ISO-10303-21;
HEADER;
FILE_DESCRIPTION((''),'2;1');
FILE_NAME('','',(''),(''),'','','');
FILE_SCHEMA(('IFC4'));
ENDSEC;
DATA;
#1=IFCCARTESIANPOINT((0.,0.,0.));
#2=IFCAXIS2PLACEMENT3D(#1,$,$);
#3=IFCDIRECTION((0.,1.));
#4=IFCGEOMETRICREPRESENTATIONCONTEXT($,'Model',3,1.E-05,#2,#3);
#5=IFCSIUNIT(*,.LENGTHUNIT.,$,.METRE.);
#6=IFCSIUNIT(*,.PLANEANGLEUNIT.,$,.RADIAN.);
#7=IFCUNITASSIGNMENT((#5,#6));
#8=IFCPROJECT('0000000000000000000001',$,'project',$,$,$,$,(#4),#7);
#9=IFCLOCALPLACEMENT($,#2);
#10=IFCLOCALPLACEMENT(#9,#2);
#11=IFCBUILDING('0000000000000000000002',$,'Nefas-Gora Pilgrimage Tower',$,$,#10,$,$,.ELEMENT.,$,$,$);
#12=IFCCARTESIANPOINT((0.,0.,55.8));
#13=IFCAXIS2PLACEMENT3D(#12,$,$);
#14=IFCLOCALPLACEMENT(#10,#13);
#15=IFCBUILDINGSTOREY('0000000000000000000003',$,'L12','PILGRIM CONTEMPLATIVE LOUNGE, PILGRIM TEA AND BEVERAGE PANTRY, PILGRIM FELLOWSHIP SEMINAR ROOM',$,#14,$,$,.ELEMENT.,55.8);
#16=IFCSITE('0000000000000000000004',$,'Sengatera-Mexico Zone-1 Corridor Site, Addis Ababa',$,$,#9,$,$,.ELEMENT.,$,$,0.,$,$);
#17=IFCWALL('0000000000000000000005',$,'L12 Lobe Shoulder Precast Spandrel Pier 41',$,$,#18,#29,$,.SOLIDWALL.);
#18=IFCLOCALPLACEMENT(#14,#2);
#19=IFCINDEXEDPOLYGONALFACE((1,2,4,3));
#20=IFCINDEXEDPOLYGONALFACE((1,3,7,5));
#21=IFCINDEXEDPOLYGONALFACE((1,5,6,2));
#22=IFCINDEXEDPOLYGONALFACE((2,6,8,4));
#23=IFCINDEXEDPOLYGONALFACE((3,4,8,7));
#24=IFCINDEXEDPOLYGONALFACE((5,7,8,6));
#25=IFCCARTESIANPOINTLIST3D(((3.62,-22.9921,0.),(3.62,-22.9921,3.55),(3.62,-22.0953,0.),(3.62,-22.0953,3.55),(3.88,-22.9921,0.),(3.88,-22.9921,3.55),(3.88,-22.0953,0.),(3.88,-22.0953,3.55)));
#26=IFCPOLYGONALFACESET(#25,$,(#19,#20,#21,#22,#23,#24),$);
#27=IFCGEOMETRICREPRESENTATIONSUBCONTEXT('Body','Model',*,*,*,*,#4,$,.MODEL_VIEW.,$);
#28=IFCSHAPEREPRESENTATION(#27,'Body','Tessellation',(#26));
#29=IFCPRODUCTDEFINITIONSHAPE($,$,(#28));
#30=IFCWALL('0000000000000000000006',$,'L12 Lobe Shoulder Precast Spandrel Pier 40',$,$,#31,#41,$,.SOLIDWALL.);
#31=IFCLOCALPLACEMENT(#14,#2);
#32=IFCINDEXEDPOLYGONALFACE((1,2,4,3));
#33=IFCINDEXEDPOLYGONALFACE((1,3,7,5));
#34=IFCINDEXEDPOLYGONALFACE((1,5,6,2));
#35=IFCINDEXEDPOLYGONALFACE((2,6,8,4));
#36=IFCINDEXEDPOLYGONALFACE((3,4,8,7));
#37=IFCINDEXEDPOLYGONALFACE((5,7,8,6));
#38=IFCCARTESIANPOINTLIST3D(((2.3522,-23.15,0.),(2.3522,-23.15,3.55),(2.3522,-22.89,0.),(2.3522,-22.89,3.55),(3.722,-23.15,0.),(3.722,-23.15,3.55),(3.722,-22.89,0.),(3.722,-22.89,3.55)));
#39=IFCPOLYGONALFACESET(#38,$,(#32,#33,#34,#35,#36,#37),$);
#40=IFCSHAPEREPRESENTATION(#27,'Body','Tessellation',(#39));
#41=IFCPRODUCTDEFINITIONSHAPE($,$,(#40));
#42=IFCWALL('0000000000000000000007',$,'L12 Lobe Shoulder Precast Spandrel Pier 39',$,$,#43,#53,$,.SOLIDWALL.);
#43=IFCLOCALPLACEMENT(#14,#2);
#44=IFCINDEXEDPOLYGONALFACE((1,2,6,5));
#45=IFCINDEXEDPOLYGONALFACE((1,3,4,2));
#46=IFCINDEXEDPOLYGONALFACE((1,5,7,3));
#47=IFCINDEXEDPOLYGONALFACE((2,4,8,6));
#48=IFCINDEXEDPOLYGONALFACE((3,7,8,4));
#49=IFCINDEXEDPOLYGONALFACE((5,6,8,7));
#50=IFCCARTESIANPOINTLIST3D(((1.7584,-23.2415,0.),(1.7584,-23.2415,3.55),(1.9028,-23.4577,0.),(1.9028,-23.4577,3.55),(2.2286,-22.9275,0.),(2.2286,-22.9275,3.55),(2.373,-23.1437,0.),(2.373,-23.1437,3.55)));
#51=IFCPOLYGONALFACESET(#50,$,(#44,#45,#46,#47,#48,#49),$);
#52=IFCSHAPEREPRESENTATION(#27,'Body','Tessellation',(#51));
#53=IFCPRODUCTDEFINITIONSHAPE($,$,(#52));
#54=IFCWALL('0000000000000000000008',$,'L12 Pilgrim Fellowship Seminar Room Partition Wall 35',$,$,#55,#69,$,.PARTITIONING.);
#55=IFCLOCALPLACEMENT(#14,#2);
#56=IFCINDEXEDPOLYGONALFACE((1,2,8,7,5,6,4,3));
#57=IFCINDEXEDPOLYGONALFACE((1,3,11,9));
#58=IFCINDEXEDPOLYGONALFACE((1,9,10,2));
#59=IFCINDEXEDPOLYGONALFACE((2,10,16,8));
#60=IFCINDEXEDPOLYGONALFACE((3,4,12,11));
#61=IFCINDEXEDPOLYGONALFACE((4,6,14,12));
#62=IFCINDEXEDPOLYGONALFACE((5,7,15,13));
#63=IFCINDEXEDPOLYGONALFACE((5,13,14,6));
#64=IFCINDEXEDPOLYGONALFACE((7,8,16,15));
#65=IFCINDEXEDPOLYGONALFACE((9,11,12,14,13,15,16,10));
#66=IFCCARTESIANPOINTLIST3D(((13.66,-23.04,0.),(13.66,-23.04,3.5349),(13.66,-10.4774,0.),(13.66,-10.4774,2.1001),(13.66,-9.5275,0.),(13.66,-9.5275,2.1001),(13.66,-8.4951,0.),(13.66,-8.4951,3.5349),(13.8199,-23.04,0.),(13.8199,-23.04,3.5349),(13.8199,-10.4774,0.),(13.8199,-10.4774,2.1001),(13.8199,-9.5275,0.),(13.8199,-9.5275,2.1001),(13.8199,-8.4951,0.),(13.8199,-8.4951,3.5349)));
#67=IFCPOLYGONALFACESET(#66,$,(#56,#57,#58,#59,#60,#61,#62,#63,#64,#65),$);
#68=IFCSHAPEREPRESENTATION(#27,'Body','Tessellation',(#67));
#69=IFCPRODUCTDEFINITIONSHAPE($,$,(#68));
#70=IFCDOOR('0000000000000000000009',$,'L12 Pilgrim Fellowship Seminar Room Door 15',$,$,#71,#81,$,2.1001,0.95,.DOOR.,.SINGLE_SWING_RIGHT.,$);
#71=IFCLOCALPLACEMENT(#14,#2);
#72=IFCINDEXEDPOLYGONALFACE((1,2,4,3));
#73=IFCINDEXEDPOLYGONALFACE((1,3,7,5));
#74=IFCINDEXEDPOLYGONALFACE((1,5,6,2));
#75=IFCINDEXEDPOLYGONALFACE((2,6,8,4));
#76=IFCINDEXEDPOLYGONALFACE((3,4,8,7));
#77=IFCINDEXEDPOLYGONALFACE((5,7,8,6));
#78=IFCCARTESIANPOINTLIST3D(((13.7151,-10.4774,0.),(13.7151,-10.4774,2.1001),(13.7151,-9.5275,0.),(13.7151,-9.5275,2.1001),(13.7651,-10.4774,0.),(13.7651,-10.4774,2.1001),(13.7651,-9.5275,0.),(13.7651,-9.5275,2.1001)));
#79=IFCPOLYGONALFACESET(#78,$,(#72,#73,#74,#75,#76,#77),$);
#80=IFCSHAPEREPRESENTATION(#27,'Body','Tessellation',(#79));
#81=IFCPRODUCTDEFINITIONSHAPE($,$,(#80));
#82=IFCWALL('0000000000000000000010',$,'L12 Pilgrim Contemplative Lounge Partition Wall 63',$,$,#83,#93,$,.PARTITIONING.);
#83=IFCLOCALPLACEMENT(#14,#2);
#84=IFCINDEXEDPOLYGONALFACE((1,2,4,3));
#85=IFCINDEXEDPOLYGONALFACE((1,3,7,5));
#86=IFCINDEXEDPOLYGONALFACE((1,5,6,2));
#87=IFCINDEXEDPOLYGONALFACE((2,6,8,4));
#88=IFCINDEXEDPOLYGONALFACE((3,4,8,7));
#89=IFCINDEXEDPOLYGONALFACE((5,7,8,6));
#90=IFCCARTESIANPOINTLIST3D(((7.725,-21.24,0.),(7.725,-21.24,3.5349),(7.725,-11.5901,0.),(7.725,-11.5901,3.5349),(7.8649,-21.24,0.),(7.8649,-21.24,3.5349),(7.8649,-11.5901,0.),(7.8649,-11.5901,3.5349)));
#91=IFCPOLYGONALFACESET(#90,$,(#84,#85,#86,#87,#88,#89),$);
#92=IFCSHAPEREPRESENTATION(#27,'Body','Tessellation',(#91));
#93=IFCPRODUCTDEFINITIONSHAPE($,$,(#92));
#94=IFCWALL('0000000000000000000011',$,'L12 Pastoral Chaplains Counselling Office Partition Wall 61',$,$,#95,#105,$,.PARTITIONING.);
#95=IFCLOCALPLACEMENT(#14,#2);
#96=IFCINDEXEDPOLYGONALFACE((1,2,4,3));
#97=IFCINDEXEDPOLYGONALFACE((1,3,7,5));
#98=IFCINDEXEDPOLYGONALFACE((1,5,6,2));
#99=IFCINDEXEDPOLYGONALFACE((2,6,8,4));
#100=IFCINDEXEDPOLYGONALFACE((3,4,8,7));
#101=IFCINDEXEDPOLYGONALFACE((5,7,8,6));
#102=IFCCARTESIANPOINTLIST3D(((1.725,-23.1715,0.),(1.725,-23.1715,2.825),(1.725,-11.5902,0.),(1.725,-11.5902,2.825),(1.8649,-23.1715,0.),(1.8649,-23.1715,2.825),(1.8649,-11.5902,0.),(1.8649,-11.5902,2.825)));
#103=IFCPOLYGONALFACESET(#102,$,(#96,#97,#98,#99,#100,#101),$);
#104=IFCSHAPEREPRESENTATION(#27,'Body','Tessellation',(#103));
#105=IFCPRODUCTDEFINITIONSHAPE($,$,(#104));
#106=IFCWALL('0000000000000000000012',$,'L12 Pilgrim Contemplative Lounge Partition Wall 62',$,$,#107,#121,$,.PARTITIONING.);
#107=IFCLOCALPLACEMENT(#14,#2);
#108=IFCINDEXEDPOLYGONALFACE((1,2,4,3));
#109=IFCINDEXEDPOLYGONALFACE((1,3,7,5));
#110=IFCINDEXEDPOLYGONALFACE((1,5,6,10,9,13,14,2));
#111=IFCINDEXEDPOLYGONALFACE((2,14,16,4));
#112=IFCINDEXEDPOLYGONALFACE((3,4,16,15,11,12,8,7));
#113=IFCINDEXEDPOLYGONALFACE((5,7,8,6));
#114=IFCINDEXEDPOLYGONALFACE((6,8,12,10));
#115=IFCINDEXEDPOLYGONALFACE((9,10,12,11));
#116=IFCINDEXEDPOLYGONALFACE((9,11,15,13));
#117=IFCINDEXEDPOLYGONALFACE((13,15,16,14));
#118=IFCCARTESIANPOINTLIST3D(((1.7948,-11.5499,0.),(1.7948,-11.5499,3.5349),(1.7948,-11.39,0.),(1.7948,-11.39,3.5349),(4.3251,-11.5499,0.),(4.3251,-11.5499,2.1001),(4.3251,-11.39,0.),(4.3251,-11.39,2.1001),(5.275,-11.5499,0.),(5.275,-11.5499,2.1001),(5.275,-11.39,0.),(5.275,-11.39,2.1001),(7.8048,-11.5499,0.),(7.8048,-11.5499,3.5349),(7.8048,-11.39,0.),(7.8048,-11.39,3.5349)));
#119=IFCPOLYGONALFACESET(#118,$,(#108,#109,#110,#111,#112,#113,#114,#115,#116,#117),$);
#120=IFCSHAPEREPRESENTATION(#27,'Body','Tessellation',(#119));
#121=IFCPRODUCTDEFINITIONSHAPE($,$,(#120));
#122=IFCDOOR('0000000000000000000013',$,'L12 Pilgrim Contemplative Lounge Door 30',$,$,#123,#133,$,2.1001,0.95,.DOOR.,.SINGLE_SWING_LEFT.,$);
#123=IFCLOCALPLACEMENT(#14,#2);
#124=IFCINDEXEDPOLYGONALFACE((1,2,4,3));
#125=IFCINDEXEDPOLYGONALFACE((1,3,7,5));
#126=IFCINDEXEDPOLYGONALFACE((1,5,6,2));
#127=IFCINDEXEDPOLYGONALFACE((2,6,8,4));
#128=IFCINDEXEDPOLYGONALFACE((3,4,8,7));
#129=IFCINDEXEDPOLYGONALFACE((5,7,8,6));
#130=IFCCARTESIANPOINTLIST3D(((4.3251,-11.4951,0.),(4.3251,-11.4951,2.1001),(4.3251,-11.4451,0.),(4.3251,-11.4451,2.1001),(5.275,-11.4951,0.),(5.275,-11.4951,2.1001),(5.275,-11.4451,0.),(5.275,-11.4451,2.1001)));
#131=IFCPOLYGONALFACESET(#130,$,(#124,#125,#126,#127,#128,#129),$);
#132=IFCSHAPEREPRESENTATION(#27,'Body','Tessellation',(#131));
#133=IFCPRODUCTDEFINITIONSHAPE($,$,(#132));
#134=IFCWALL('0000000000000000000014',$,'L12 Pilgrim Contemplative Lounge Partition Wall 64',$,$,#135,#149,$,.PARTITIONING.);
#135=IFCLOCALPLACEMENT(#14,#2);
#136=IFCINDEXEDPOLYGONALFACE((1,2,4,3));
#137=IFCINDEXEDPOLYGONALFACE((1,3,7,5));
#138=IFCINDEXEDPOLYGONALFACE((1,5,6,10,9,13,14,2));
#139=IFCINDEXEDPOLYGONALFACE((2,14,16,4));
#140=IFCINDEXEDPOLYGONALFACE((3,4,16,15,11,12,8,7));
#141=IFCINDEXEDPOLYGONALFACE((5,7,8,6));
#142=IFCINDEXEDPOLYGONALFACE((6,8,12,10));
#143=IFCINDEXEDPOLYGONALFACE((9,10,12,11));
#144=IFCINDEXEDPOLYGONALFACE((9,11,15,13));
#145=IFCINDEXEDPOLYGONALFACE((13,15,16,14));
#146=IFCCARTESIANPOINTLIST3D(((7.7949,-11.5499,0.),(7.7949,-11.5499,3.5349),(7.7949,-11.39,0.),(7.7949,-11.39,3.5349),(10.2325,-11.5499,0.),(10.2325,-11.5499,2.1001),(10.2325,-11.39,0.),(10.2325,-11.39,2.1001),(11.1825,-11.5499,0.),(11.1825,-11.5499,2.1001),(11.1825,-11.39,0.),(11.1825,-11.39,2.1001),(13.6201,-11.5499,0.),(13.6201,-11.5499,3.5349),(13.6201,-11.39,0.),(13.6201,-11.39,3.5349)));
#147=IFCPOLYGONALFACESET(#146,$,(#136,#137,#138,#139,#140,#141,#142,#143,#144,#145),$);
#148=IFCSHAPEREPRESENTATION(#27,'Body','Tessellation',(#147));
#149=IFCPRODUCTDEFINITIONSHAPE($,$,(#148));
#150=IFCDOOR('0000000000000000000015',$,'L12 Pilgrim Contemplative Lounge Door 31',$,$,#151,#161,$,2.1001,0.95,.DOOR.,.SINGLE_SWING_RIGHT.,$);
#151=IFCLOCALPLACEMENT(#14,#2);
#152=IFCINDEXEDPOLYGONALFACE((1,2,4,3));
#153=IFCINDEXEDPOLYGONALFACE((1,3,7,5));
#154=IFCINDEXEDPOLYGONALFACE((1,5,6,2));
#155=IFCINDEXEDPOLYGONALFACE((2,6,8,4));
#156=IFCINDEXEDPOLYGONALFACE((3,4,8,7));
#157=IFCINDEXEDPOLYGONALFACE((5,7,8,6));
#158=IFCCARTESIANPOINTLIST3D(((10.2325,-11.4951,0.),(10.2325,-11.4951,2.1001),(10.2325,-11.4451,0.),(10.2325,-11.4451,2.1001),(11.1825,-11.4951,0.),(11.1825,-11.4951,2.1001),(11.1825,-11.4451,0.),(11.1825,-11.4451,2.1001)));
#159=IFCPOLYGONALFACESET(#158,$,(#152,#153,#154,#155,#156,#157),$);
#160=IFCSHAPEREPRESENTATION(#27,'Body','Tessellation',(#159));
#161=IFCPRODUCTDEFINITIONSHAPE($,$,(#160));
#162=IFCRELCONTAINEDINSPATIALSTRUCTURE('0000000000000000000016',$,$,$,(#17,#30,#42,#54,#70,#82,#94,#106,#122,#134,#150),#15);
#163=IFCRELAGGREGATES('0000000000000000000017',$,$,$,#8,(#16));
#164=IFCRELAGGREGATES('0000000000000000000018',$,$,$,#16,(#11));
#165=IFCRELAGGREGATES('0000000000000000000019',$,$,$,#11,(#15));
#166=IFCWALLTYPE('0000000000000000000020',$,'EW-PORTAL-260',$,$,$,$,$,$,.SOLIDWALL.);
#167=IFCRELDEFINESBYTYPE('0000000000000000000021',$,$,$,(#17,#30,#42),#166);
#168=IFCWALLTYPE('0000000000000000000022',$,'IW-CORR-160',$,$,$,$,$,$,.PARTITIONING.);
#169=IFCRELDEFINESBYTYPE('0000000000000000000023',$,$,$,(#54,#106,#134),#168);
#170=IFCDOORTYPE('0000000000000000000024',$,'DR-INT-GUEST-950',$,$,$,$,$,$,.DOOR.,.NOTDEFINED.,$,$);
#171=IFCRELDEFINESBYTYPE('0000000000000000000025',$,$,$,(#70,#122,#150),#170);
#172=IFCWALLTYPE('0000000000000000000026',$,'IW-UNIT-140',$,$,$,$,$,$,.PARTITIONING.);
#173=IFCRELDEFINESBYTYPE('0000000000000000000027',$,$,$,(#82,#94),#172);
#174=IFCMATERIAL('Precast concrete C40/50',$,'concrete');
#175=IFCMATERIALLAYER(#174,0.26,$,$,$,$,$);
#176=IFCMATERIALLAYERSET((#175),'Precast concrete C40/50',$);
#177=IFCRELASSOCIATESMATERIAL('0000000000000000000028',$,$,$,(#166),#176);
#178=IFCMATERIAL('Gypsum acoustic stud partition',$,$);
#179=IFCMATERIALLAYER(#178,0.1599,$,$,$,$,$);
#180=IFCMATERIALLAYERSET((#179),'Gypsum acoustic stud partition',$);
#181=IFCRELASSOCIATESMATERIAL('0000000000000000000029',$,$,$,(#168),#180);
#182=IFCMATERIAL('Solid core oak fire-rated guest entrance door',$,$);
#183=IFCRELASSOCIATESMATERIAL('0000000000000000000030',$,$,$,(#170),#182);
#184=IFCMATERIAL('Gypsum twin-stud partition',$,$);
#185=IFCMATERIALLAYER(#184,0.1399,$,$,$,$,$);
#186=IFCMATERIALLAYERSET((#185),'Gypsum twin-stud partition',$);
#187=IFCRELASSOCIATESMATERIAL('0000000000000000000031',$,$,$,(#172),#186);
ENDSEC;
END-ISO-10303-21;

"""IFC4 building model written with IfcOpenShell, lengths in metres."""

from ifc_helpers import new_model, si_unit, direction, frame, frame_2d, origin, place, context, subcontext, project, spatial, rectangle, extrude, source, transform, mapped, material, layer, layer_set, type_object, element, fill, save


model = new_model("IFC4")

# Units and contexts
model_context = context("Model", 3, precision=1e-05, world=origin(), true_north=direction((0.0, 1.0)))
body_context = subcontext(model_context, "Body", "Model", "MODEL_VIEW")
ifc_project = project(units=[si_unit("LENGTHUNIT", "METRE"), si_unit("PLANEANGLEUNIT", "RADIAN")], contexts=[model_context])

# Site, building, storey
site_placement = place(None, origin())
site = spatial("IfcSite", under=ifc_project, at=site_placement, Name="Sengatera-Mexico Zone-1 Corridor Site, Addis Ababa", CompositionType="ELEMENT", RefElevation=0.0)
building_placement = place(site_placement, origin())
building = spatial("IfcBuilding", under=site, at=building_placement, Name="Nefas-Gora Pilgrimage Tower", CompositionType="ELEMENT")
storey_placement = place(building_placement, frame((0.0, 0.0, 55.8)))
storey = spatial("IfcBuildingStorey", under=building, at=storey_placement, Name="L12", Description="PILGRIM CONTEMPLATIVE LOUNGE, PILGRIM TEA AND BEVERAGE PANTRY, PILGRIM FELLOWSHIP SEMINAR ROOM", CompositionType="ELEMENT", Elevation=55.8)

# Walls
ifc_material_1 = material(Name="Precast concrete C40/50", Category="concrete")
ifc_layer_1 = layer(ifc_material_1, 0.26)
ifc_layer_set_1 = layer_set([ifc_layer_1], Name="Precast concrete C40/50")
wall_type_1 = type_object("IfcWallType", Name="EW-PORTAL-260", PredefinedType="SOLIDWALL", material=ifc_layer_set_1)
shared_shape_1 = source(origin(), body_context, "Body", "SweptSolid", [
    extrude(rectangle(XDim=0.8967, YDim=0.26, at=frame_2d((0.4482, 0.0))), origin(), (0.0, 0.0, 1.0), 3.55),
])
wall_1_placement = place(storey_placement, frame((3.75, -22.9919, 0.0), z_axis=(0.0, 0.0, 1.0), x_axis=(0.0, 1.0, 0.0)))
element("IfcWall", 1, at=wall_1_placement, inside=storey, type_object=wall_type_1, Name="L12 Lobe Shoulder Precast Spandrel Pier 41", PredefinedType="SOLIDWALL", context=body_context, shape_type="MappedRepresentation", body=[
    mapped(shared_shape_1, transform((0.0, 0.0, 0.0), x_axis=(1.0, 0.0, 0.0), y_axis=(0.0, 1.0, 0.0), z_axis=(0.0, 0.0, 1.0), scale=1.0)),
])
shared_shape_2 = source(origin(), body_context, "Body", "SweptSolid", [
    extrude(rectangle(XDim=1.3699, YDim=0.26, at=frame_2d((0.6851, 0.0))), origin(), (0.0, 0.0, 1.0), 3.55),
])
wall_2_placement = place(storey_placement, frame((2.3521, -23.02, 0.0), z_axis=(0.0, 0.0, 1.0), x_axis=(1.0, 0.0, 0.0)))
element("IfcWall", 2, at=wall_2_placement, inside=storey, type_object=wall_type_1, Name="L12 Lobe Shoulder Precast Spandrel Pier 40", PredefinedType="SOLIDWALL", context=body_context, shape_type="MappedRepresentation", body=[
    mapped(shared_shape_2, transform((0.0, 0.0, 0.0), x_axis=(1.0, 0.0, 0.0), y_axis=(0.0, 1.0, 0.0), z_axis=(0.0, 0.0, 1.0), scale=1.0)),
])
shared_shape_3 = source(origin(), body_context, "Body", "SweptSolid", [
    extrude(rectangle(XDim=0.5654, YDim=0.26, at=frame_2d((0.2827, 0.0))), origin(), (0.0, 0.0, 1.0), 3.55),
])
wall_3_placement = place(storey_placement, frame((1.8306, -23.3496, 0.0), z_axis=(0.0, 0.0, 1.0), x_axis=(0.831651, 0.555298, 0.0)))
element("IfcWall", 3, at=wall_3_placement, inside=storey, type_object=wall_type_1, Name="L12 Lobe Shoulder Precast Spandrel Pier 39", PredefinedType="SOLIDWALL", context=body_context, shape_type="MappedRepresentation", body=[
    mapped(shared_shape_3, transform((0.0, 0.0, 0.0), x_axis=(1.0, 0.0, 0.0), y_axis=(0.0, 1.0, 0.0), z_axis=(0.0, 0.0, 1.0), scale=1.0)),
])

# Wall, opening, door
ifc_material_2 = material(Name="Gypsum acoustic stud partition")
ifc_layer_2 = layer(ifc_material_2, 0.1599)
ifc_layer_set_2 = layer_set([ifc_layer_2], Name="Gypsum acoustic stud partition")
wall_type_2 = type_object("IfcWallType", Name="IW-CORR-160", PredefinedType="PARTITIONING", material=ifc_layer_set_2)
shared_shape_4 = source(origin(), body_context, "Body", "SweptSolid", [
    extrude(rectangle(XDim=14.5449, YDim=0.1599, at=frame_2d((7.2725, 0.0))), origin(), (0.0, 0.0, 1.0), 3.5349),
])
wall_4_placement = place(storey_placement, frame((13.74, -23.04, 0.0), z_axis=(0.0, 0.0, 1.0), x_axis=(0.0, 1.0, 0.0)))
wall_4 = element("IfcWall", 4, at=wall_4_placement, inside=storey, type_object=wall_type_2, Name="L12 Pilgrim Fellowship Seminar Room Partition Wall 35", PredefinedType="PARTITIONING", context=body_context, shape_type="MappedRepresentation", body=[
    mapped(shared_shape_4, transform((0.0, 0.0, 0.0), x_axis=(1.0, 0.0, 0.0), y_axis=(0.0, 1.0, 0.0), z_axis=(0.0, 0.0, 1.0), scale=1.0)),
])
opening_1_placement = place(wall_4_placement, frame((12.5625, 0.0, 0.0)))
opening_1 = element("IfcOpeningElement", 5, at=opening_1_placement, cuts=wall_4, PredefinedType="OPENING", context=body_context, shape_type="SweptSolid", body=[
    extrude(rectangle(XDim=0.95, YDim=2.1001, at=frame_2d((0.4751, 1.05))), frame((0.0, 0.0898, 0.0), z_axis=(0.0, -1.0, 0.0), x_axis=(1.0, 0.0, 0.0)), (0.0, 0.0, 1.0), 0.1799),
])
ifc_material_3 = material(Name="Solid core oak fire-rated guest entrance door")
door_type = type_object("IfcDoorType", Name="DR-INT-GUEST-950", OperationType="NOTDEFINED", PredefinedType="DOOR", material=ifc_material_3)
shared_shape_5 = source(origin(), body_context, "Body", "SweptSolid", [
    extrude(rectangle(XDim=0.95, YDim=2.1001, at=frame_2d((0.4751, 1.05))), frame((0.0, 0.0249, 0.0), z_axis=(0.0, -1.0, 0.0), x_axis=(1.0, 0.0, 0.0)), (0.0, 0.0, 1.0), 0.05),
])
door_1_placement = place(opening_1_placement, origin())
door_1 = element("IfcDoor", 6, at=door_1_placement, inside=storey, type_object=door_type, Name="L12 Pilgrim Fellowship Seminar Room Door 15", OperationType="SINGLE_SWING_RIGHT", OverallHeight=2.1001, OverallWidth=0.95, PredefinedType="DOOR", context=body_context, shape_type="MappedRepresentation", body=[
    mapped(shared_shape_5, transform((0.0, 0.0, 0.0), x_axis=(1.0, 0.0, 0.0), y_axis=(0.0, 1.0, 0.0), z_axis=(0.0, 0.0, 1.0), scale=1.0)),
])
fill(opening_1, door_1)

# Walls
ifc_material_4 = material(Name="Gypsum twin-stud partition")
ifc_layer_3 = layer(ifc_material_4, 0.1399)
ifc_layer_set_3 = layer_set([ifc_layer_3], Name="Gypsum twin-stud partition")
wall_type_3 = type_object("IfcWallType", Name="IW-UNIT-140", PredefinedType="PARTITIONING", material=ifc_layer_set_3)
shared_shape_6 = source(origin(), body_context, "Body", "SweptSolid", [
    extrude(rectangle(XDim=9.6499, YDim=0.1399, at=frame_2d((4.825, 0.0))), origin(), (0.0, 0.0, 1.0), 3.5349),
])
wall_5_placement = place(storey_placement, frame((7.7949, -21.24, 0.0), z_axis=(0.0, 0.0, 1.0), x_axis=(0.0, 1.0, 0.0)))
element("IfcWall", 7, at=wall_5_placement, inside=storey, type_object=wall_type_3, Name="L12 Pilgrim Contemplative Lounge Partition Wall 63", PredefinedType="PARTITIONING", context=body_context, shape_type="MappedRepresentation", body=[
    mapped(shared_shape_6, transform((0.0, 0.0, 0.0), x_axis=(1.0, 0.0, 0.0), y_axis=(0.0, 1.0, 0.0), z_axis=(0.0, 0.0, 1.0), scale=1.0)),
])
shared_shape_7 = source(origin(), body_context, "Body", "SweptSolid", [
    extrude(rectangle(XDim=11.5813, YDim=0.1399, at=frame_2d((5.7905, 0.0))), origin(), (0.0, 0.0, 1.0), 2.825),
])
wall_6_placement = place(storey_placement, frame((1.7949, -23.1714, 0.0), z_axis=(0.0, 0.0, 1.0), x_axis=(0.0, 1.0, 0.0)))
element("IfcWall", 8, at=wall_6_placement, inside=storey, type_object=wall_type_3, Name="L12 Pastoral Chaplains Counselling Office Partition Wall 61", PredefinedType="PARTITIONING", context=body_context, shape_type="MappedRepresentation", body=[
    mapped(shared_shape_7, transform((0.0, 0.0, 0.0), x_axis=(1.0, 0.0, 0.0), y_axis=(0.0, 1.0, 0.0), z_axis=(0.0, 0.0, 1.0), scale=1.0)),
])

# Walls, openings, doors
shared_shape_8 = source(origin(), body_context, "Body", "SweptSolid", [
    extrude(rectangle(XDim=6.01, YDim=0.1599, at=frame_2d((3.0049, 0.0))), origin(), (0.0, 0.0, 1.0), 3.5349),
])
wall_7_placement = place(storey_placement, frame((1.7949, -11.47, 0.0), z_axis=(0.0, 0.0, 1.0), x_axis=(1.0, 0.0, 0.0)))
wall_7 = element("IfcWall", 9, at=wall_7_placement, inside=storey, type_object=wall_type_2, Name="L12 Pilgrim Contemplative Lounge Partition Wall 62", PredefinedType="PARTITIONING", context=body_context, shape_type="MappedRepresentation", body=[
    mapped(shared_shape_8, transform((0.0, 0.0, 0.0), x_axis=(1.0, 0.0, 0.0), y_axis=(0.0, 1.0, 0.0), z_axis=(0.0, 0.0, 1.0), scale=1.0)),
])
opening_2_placement = place(wall_7_placement, frame((2.53, 0.0, 0.0)))
opening_2 = element("IfcOpeningElement", 10, at=opening_2_placement, cuts=wall_7, PredefinedType="OPENING", context=body_context, shape_type="SweptSolid", body=[
    extrude(rectangle(XDim=0.95, YDim=2.1001, at=frame_2d((0.4751, 1.05))), frame((0.0, 0.0898, 0.0), z_axis=(0.0, -1.0, 0.0), x_axis=(1.0, 0.0, 0.0)), (0.0, 0.0, 1.0), 0.1799),
])
door_2_placement = place(opening_2_placement, origin())
door_2 = element("IfcDoor", 11, at=door_2_placement, inside=storey, type_object=door_type, Name="L12 Pilgrim Contemplative Lounge Door 30", OperationType="SINGLE_SWING_LEFT", OverallHeight=2.1001, OverallWidth=0.95, PredefinedType="DOOR", context=body_context, shape_type="MappedRepresentation", body=[
    mapped(shared_shape_5, transform((0.0, 0.0, 0.0), x_axis=(1.0, 0.0, 0.0), y_axis=(0.0, 1.0, 0.0), z_axis=(0.0, 0.0, 1.0), scale=1.0)),
])
fill(opening_2, door_2)
shared_shape_9 = source(origin(), body_context, "Body", "SweptSolid", [
    extrude(rectangle(XDim=5.8252, YDim=0.1599, at=frame_2d((2.9126, 0.0))), origin(), (0.0, 0.0, 1.0), 3.5349),
])
wall_8_placement = place(storey_placement, frame((7.7949, -11.47, 0.0), z_axis=(0.0, 0.0, 1.0), x_axis=(1.0, 0.0, 0.0)))
wall_8 = element("IfcWall", 12, at=wall_8_placement, inside=storey, type_object=wall_type_2, Name="L12 Pilgrim Contemplative Lounge Partition Wall 64", PredefinedType="PARTITIONING", context=body_context, shape_type="MappedRepresentation", body=[
    mapped(shared_shape_9, transform((0.0, 0.0, 0.0), x_axis=(1.0, 0.0, 0.0), y_axis=(0.0, 1.0, 0.0), z_axis=(0.0, 0.0, 1.0), scale=1.0)),
])
opening_3_placement = place(wall_8_placement, frame((2.4375, 0.0, 0.0)))
opening_3 = element("IfcOpeningElement", 13, at=opening_3_placement, cuts=wall_8, PredefinedType="OPENING", context=body_context, shape_type="SweptSolid", body=[
    extrude(rectangle(XDim=0.95, YDim=2.1001, at=frame_2d((0.4751, 1.05))), frame((0.0, 0.0898, 0.0), z_axis=(0.0, -1.0, 0.0), x_axis=(1.0, 0.0, 0.0)), (0.0, 0.0, 1.0), 0.1799),
])
door_3_placement = place(opening_3_placement, origin())
door_3 = element("IfcDoor", 14, at=door_3_placement, inside=storey, type_object=door_type, Name="L12 Pilgrim Contemplative Lounge Door 31", OperationType="SINGLE_SWING_RIGHT", OverallHeight=2.1001, OverallWidth=0.95, PredefinedType="DOOR", context=body_context, shape_type="MappedRepresentation", body=[
    mapped(shared_shape_5, transform((0.0, 0.0, 0.0), x_axis=(1.0, 0.0, 0.0), y_axis=(0.0, 1.0, 0.0), z_axis=(0.0, 0.0, 1.0), scale=1.0)),
])
fill(opening_3, door_3)

save(model, "model.ifc")
